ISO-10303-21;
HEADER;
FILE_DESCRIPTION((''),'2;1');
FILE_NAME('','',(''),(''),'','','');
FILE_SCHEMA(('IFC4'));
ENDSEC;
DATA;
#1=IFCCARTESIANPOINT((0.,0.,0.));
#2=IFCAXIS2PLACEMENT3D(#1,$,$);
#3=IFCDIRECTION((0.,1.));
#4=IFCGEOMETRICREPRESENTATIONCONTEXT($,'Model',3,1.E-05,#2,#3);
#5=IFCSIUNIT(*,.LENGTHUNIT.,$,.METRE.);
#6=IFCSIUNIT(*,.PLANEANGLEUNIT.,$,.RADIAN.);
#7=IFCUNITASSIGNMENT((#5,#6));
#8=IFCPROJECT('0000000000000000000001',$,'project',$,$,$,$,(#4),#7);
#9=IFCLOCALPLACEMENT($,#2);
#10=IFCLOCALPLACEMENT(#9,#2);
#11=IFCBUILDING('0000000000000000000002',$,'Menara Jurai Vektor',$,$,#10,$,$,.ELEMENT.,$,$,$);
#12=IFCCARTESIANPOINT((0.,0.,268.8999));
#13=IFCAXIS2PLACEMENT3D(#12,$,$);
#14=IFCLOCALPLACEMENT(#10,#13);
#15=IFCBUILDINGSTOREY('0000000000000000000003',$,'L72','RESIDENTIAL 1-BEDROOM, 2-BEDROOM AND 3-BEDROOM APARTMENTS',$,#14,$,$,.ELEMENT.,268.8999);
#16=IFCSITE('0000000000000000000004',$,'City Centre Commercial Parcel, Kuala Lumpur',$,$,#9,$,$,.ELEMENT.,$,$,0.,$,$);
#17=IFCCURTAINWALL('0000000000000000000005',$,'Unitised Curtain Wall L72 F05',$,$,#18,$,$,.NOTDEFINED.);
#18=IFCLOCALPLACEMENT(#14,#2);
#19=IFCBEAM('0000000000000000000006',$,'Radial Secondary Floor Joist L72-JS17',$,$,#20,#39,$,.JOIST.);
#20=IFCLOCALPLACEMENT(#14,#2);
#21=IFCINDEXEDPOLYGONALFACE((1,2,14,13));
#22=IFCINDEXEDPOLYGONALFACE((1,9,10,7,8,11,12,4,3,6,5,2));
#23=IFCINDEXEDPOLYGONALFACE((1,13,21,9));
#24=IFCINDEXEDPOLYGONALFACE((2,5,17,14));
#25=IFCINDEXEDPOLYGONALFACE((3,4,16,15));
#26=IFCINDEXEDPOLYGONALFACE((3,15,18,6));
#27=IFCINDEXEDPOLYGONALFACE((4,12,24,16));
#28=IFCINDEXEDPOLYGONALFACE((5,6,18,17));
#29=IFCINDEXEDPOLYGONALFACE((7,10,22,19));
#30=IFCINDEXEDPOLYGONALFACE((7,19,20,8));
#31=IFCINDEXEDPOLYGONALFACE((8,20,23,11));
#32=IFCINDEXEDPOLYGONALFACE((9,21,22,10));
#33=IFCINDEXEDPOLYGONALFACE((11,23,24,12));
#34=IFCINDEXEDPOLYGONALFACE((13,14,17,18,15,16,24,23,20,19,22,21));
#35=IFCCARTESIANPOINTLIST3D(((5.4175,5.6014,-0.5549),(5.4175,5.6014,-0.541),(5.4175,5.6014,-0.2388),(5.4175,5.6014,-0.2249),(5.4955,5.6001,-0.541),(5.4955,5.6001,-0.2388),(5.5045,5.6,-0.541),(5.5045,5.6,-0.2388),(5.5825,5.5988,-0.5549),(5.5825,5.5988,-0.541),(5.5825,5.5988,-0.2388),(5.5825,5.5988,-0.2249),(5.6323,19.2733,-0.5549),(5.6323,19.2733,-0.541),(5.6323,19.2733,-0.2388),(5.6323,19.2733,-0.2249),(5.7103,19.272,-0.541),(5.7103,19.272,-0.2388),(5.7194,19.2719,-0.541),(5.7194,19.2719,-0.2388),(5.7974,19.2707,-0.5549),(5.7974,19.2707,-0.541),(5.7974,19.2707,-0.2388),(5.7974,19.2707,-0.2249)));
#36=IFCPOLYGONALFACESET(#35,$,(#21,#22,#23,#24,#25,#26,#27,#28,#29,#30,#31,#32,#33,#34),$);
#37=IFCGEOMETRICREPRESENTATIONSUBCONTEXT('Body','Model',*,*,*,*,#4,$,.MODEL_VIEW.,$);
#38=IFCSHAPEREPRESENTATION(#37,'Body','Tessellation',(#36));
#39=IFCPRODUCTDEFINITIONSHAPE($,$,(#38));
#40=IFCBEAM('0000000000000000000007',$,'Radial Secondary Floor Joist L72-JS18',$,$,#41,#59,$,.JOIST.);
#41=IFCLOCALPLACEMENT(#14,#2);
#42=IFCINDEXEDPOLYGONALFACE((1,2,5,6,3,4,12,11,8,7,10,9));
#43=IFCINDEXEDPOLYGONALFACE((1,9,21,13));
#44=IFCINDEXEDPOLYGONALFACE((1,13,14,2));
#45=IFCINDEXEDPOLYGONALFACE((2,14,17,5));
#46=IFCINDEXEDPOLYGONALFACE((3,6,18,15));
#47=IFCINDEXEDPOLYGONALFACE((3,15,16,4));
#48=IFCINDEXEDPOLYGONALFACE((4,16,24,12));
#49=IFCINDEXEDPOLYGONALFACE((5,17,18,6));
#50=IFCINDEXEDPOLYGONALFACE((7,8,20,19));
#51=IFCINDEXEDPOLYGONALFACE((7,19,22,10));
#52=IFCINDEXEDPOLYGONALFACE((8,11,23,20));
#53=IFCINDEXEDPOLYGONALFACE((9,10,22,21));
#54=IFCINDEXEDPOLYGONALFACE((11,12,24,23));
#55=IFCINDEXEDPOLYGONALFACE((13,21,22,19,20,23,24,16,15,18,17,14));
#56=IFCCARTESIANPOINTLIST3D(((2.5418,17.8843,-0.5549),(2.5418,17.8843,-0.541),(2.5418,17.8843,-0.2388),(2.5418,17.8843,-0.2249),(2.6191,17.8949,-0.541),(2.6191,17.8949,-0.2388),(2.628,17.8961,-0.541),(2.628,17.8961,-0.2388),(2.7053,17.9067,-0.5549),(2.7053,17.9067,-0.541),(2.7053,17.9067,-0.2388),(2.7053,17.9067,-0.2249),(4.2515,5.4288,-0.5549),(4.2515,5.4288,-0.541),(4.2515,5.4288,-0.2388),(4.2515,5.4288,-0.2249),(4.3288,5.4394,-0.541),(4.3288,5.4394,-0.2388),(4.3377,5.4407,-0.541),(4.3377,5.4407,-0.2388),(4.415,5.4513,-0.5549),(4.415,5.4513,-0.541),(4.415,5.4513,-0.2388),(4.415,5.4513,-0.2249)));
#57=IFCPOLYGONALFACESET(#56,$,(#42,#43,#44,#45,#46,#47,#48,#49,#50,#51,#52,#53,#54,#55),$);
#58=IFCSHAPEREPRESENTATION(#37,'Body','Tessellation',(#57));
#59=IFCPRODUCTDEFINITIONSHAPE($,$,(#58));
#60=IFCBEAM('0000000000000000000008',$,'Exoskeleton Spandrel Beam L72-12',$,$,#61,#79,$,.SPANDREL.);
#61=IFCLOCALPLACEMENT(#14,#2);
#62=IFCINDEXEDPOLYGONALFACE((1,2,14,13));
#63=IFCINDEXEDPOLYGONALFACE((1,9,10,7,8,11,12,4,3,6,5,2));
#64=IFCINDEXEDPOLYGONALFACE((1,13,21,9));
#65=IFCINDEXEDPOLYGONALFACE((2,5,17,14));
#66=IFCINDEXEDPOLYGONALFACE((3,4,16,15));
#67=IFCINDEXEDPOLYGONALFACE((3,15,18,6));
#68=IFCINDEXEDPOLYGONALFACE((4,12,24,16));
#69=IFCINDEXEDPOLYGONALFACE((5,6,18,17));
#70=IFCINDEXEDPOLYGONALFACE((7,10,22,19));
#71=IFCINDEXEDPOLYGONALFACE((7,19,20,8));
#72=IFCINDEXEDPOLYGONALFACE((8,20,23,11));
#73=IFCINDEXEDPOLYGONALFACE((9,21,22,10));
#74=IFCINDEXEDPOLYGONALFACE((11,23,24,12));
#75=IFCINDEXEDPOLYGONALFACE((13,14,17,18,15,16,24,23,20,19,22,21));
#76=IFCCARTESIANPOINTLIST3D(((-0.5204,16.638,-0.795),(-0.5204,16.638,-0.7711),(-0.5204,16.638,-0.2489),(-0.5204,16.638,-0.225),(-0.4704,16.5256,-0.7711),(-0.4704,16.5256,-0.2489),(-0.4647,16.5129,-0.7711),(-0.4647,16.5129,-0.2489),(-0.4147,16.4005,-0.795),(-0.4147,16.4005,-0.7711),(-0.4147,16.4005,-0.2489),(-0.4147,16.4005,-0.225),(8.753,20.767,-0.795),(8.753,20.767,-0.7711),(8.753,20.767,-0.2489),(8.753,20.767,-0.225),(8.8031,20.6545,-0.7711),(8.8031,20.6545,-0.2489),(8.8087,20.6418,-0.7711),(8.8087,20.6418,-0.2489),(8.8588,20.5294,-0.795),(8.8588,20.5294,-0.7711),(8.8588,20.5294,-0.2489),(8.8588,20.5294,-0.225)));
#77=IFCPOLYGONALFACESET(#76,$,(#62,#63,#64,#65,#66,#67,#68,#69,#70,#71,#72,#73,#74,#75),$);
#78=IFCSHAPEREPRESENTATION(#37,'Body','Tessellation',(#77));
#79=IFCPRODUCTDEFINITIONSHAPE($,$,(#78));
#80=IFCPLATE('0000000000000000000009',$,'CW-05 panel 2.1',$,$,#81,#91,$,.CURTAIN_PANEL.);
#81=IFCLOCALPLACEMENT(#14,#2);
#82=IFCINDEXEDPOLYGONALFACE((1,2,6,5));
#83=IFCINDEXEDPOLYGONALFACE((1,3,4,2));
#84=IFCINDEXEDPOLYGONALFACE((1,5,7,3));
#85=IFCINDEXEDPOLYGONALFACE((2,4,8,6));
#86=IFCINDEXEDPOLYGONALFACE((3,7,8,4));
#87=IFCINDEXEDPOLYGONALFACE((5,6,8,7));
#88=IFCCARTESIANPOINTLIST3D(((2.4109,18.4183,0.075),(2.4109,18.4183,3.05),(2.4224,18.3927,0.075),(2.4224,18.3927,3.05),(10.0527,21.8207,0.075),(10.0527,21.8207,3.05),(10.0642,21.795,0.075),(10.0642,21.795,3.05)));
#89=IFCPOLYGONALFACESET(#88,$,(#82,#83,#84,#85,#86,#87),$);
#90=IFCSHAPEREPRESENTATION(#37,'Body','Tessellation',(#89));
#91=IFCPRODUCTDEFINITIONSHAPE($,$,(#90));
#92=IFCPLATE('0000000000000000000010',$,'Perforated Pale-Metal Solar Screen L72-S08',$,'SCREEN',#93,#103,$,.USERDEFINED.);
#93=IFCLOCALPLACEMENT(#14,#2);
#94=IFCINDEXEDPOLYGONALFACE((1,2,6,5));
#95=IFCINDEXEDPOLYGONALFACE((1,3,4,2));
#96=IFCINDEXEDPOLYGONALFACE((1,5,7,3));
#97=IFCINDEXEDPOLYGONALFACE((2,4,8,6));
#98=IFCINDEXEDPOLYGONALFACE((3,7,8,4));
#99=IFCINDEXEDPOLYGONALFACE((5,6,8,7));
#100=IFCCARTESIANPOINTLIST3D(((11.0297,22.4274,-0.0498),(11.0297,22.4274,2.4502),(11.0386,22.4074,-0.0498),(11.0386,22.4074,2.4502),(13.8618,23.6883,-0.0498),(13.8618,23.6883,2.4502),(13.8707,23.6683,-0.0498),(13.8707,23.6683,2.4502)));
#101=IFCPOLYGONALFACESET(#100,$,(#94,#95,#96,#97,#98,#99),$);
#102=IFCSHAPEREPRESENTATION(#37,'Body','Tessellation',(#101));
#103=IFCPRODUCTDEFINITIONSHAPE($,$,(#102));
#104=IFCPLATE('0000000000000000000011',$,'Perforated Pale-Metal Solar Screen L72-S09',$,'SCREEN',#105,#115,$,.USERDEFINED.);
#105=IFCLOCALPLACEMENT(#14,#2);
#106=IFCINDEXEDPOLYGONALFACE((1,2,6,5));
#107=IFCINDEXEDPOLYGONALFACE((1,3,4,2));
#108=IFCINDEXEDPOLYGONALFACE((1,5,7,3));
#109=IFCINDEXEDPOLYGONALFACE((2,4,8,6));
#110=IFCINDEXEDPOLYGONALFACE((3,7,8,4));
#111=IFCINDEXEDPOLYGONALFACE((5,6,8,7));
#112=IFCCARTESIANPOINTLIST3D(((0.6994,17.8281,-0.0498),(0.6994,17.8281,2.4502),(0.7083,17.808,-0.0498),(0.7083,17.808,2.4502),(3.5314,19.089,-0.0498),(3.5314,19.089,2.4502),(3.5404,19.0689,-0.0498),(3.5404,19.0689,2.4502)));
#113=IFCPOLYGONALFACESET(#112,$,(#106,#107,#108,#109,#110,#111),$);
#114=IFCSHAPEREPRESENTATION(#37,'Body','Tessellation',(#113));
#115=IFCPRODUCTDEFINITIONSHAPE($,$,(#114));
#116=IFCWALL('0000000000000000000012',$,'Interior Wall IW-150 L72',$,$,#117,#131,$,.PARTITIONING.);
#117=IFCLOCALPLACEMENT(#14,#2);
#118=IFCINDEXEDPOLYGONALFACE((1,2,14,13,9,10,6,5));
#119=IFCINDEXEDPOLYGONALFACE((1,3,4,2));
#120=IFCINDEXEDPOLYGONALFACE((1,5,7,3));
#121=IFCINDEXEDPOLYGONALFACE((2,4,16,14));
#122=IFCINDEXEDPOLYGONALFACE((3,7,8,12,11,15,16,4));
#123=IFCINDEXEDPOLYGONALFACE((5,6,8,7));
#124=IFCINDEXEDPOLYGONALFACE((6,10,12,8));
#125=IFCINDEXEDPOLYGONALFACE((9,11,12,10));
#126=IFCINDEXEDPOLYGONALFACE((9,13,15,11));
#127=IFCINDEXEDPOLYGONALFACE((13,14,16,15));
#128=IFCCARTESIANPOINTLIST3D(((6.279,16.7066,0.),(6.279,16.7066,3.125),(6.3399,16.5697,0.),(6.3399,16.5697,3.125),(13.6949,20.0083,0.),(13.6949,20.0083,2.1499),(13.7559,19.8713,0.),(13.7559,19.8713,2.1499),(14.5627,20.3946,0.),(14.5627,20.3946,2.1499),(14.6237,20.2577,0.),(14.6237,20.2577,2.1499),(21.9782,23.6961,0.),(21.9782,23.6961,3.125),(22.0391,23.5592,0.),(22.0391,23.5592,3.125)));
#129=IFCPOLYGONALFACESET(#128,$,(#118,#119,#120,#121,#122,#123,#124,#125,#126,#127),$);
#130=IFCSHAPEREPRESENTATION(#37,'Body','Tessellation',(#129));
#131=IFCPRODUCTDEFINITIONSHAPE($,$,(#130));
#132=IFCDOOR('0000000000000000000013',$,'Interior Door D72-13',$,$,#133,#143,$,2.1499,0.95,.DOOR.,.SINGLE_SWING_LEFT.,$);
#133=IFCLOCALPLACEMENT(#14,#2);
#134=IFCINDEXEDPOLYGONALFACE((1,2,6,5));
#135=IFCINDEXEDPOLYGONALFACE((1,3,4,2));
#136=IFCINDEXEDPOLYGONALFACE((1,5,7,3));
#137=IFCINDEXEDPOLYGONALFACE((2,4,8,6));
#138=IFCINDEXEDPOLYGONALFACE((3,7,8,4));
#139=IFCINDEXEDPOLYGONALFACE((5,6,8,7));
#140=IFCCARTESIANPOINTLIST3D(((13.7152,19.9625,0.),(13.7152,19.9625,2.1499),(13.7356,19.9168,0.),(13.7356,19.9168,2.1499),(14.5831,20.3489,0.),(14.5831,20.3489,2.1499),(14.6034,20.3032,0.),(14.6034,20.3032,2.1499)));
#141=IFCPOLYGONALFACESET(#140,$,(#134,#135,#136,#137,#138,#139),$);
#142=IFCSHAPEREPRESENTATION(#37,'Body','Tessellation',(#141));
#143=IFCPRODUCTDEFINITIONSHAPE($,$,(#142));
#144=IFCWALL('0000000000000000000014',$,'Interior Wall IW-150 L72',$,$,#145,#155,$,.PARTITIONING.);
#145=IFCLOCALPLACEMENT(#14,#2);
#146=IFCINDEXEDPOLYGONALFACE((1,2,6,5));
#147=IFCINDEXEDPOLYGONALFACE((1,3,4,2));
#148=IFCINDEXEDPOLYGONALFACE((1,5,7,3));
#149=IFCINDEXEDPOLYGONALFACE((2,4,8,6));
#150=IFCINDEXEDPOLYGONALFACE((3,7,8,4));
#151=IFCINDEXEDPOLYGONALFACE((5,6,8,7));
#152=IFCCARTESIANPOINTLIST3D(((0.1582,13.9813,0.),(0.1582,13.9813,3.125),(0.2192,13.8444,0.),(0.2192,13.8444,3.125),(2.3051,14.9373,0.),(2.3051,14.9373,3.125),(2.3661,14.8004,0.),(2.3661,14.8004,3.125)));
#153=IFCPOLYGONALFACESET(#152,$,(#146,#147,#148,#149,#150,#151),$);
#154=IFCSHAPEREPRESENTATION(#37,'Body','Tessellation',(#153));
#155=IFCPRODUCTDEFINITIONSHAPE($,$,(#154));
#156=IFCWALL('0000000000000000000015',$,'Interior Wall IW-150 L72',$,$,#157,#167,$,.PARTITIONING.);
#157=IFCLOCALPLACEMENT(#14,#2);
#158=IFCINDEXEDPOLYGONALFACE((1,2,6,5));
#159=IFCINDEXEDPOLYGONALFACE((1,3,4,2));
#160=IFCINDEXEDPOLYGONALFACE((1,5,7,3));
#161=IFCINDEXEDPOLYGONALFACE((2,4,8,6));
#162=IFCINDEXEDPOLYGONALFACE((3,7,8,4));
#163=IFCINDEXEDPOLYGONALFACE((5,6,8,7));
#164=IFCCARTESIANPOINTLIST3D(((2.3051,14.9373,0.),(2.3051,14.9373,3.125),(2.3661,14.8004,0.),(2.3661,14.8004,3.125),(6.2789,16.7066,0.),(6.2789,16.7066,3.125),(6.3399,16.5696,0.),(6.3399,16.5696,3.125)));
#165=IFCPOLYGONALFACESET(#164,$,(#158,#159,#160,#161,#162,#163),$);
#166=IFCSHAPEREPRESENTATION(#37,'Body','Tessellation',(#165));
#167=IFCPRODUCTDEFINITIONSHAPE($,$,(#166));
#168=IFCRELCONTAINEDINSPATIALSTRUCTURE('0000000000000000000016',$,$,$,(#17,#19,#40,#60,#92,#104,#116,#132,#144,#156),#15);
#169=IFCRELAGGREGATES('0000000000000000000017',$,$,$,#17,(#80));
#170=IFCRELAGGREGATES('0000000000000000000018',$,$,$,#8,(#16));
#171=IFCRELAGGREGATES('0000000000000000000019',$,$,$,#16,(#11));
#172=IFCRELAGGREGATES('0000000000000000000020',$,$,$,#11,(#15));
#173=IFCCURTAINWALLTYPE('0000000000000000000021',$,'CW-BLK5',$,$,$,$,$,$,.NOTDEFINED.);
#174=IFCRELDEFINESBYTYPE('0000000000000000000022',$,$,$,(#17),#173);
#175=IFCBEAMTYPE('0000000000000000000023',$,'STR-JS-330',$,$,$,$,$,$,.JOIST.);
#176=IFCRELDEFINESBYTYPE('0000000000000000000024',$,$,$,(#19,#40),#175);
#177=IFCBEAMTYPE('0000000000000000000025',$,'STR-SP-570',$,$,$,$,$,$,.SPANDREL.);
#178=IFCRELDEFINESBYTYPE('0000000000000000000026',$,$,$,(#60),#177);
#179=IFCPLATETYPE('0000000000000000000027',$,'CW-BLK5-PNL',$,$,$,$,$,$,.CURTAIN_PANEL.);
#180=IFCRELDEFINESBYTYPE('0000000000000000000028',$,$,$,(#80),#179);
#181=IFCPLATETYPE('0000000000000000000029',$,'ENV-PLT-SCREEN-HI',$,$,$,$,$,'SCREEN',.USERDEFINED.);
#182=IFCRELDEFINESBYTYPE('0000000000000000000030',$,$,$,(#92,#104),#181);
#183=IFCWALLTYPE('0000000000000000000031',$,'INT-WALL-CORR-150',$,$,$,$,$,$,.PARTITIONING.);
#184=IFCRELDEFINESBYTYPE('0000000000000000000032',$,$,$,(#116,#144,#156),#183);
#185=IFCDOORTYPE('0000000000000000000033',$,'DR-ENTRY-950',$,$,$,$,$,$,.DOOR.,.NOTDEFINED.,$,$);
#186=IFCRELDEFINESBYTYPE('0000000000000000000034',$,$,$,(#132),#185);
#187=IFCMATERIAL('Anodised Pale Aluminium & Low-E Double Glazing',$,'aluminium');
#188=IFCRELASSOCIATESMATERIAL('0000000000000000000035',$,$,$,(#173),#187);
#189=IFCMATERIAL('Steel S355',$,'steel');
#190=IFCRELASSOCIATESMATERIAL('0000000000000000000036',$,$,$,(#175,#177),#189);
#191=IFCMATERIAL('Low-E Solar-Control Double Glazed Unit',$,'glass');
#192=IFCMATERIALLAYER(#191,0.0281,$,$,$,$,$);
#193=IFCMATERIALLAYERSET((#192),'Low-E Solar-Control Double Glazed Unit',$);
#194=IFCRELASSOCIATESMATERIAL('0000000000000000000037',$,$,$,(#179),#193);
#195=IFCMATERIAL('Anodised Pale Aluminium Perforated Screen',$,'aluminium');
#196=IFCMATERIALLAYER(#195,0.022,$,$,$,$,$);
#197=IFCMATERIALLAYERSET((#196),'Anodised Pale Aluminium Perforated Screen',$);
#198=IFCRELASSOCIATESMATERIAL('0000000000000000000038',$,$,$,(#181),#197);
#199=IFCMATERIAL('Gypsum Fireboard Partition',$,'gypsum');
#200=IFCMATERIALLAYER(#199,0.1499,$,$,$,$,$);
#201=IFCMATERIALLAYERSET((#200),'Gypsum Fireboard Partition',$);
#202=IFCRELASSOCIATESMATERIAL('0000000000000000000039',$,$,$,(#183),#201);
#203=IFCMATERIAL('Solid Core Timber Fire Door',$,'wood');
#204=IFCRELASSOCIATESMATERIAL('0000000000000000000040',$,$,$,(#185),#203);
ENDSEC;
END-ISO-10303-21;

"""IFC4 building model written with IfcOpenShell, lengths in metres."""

from ifc_helpers import new_model, si_unit, direction, frame, frame_2d, origin, origin_2d, place, context, subcontext, project, spatial, rectangle, i_section, extrude, material, layer, layer_set, material_profile, profile_set, type_object, element, fill, aggregate, save


model = new_model("IFC4")

# Units and contexts
model_context = context("Model", 3, precision=1e-05, world=origin(), true_north=direction((0.0, 1.0)))
body_context = subcontext(model_context, "Body", "Model", "MODEL_VIEW")
ifc_project = project(units=[si_unit("LENGTHUNIT", "METRE"), si_unit("PLANEANGLEUNIT", "RADIAN")], contexts=[model_context])

# Site, building, storey
site_placement = place(None, origin())
site = spatial("IfcSite", under=ifc_project, at=site_placement, Name="City Centre Commercial Parcel, Kuala Lumpur", CompositionType="ELEMENT", RefElevation=0.0)
building_placement = place(site_placement, origin())
building = spatial("IfcBuilding", under=site, at=building_placement, Name="Menara Jurai Vektor", CompositionType="ELEMENT")
storey_placement = place(building_placement, frame((0.0, 0.0, 268.8999)))
storey = spatial("IfcBuildingStorey", under=building, at=storey_placement, Name="L72", Description="RESIDENTIAL 1-BEDROOM, 2-BEDROOM AND 3-BEDROOM APARTMENTS", CompositionType="ELEMENT", Elevation=268.8999)

# Curtain wall
ifc_material_1 = material(Name="Anodised Pale Aluminium & Low-E Double Glazing", Category="aluminium")
curtain_wall_type = type_object("IfcCurtainWallType", Name="CW-BLK5", PredefinedType="NOTDEFINED", material=ifc_material_1)
curtain_wall_placement = place(storey_placement, origin())
curtain_wall = element("IfcCurtainWall", 1, at=curtain_wall_placement, inside=storey, type_object=curtain_wall_type, Name="Unitised Curtain Wall L72 F05", PredefinedType="NOTDEFINED")

# Beams
ifc_material_2 = material(Name="Steel S355", Category="steel")
ifc_material_profile_1 = material_profile(ifc_material_2, i_section(OverallWidth=0.165, OverallDepth=0.3301, WebThickness=0.009, FlangeThickness=0.0139, at=origin_2d()), Name="PG 330x165x46")
ifc_profile_set_1 = profile_set([ifc_material_profile_1], Name="Steel S355")
beam_type_1 = type_object("IfcBeamType", Name="STR-JS-330", PredefinedType="JOIST", material=ifc_profile_set_1)
beam_1_placement = place(storey_placement, frame((5.7148, 19.272, -0.3899), z_axis=(-0.015712, -0.999877, 0.0), x_axis=(0.999877, -0.015712, 0.0)))
element("IfcBeam", 2, at=beam_1_placement, inside=storey, type_object=beam_type_1, Name="Radial Secondary Floor Joist L72-JS17", PredefinedType="JOIST", context=body_context, shape_type="SweptSolid", body=[
    extrude(i_section(OverallWidth=0.165, OverallDepth=0.3301, WebThickness=0.009, FlangeThickness=0.0139, at=origin_2d()), origin(), (0.0, 0.0, 1.0), 13.6736),
])
beam_2_placement = place(storey_placement, frame((2.6235, 17.8955, -0.3899), z_axis=(0.13599, -0.99071, 0.0), x_axis=(0.99071, 0.13599, 0.0)))
element("IfcBeam", 3, at=beam_2_placement, inside=storey, type_object=beam_type_1, Name="Radial Secondary Floor Joist L72-JS18", PredefinedType="JOIST", context=body_context, shape_type="SweptSolid", body=[
    extrude(i_section(OverallWidth=0.165, OverallDepth=0.3301, WebThickness=0.009, FlangeThickness=0.0139, at=origin_2d()), origin(), (0.0, 0.0, 1.0), 12.5723),
])
ifc_material_profile_2 = material_profile(ifc_material_2, i_section(OverallWidth=0.26, OverallDepth=0.5701, WebThickness=0.0139, FlangeThickness=0.0239, at=origin_2d()), Name="PG 570x260x145")
ifc_profile_set_2 = profile_set([ifc_material_profile_2], Name="Steel S355")
beam_type_2 = type_object("IfcBeamType", Name="STR-SP-570", PredefinedType="SPANDREL", material=ifc_profile_set_2)
beam_3_placement = place(storey_placement, frame((8.8059, 20.6482, -0.51), z_axis=(-0.913542, -0.406745, 0.0), x_axis=(0.406745, -0.913542, 0.0)))
element("IfcBeam", 4, at=beam_3_placement, inside=storey, type_object=beam_type_2, Name="Exoskeleton Spandrel Beam L72-12", PredefinedType="SPANDREL", context=body_context, shape_type="SweptSolid", body=[
    extrude(i_section(OverallWidth=0.26, OverallDepth=0.5701, WebThickness=0.0139, FlangeThickness=0.0239, at=origin_2d()), origin(), (0.0, 0.0, 1.0), 10.1511),
])

# Plate
ifc_material_3 = material(Name="Low-E Solar-Control Double Glazed Unit", Category="glass")
ifc_layer_1 = layer(ifc_material_3, 0.0281)
ifc_layer_set_1 = layer_set([ifc_layer_1], Name="Low-E Solar-Control Double Glazed Unit")
plate_type_1 = type_object("IfcPlateType", Name="CW-BLK5-PNL", PredefinedType="CURTAIN_PANEL", material=ifc_layer_set_1)
plate_placement = place(storey_placement, frame((6.2375, 20.1067, 0.075), z_axis=(0.0, 0.0, 1.0), x_axis=(-0.913546, -0.406735, 0.0)))
plate = element("IfcPlate", 5, at=plate_placement, type_object=plate_type_1, Name="CW-05 panel 2.1", PredefinedType="CURTAIN_PANEL", context=body_context, shape_type="SweptSolid", body=[
    extrude(rectangle(XDim=8.365, YDim=0.0281, at=origin_2d()), origin(), (0.0, 0.0, 1.0), 2.9751),
])
aggregate(curtain_wall, [plate])

# Plates
ifc_material_4 = material(Name="Anodised Pale Aluminium Perforated Screen", Category="aluminium")
ifc_layer_2 = layer(ifc_material_4, 0.022)
ifc_layer_set_2 = layer_set([ifc_layer_2], Name="Anodised Pale Aluminium Perforated Screen")
plate_type_2 = type_object("IfcPlateType", Name="ENV-PLT-SCREEN-HI", ElementType="SCREEN", PredefinedType="USERDEFINED", material=ifc_layer_set_2)
for number, where, z_axis, x_axis, name in (
    (6, (12.4502, 23.0479, -0.0498), (0.0, 0.0, 1.0), (-0.913545, -0.406737, 0.0), "Perforated Pale-Metal Solar Screen L72-S08"),
    (7, (2.1199, 18.4485, -0.0498), (0.0, 0.0, 1.0), (-0.913545, -0.406737, 0.0), "Perforated Pale-Metal Solar Screen L72-S09"),
):
    element("IfcPlate", number, at=place(storey_placement, frame(where, z_axis=z_axis, x_axis=x_axis)), inside=storey, type_object=plate_type_2, Name=name, ObjectType="SCREEN", PredefinedType="USERDEFINED", context=body_context, shape_type="SweptSolid", body=[
        extrude(rectangle(XDim=3.1001, YDim=0.022, at=origin_2d()), origin(), (0.0, 0.0, 1.0), 2.5),
    ])

# Wall, opening, door
ifc_material_5 = material(Name="Gypsum Fireboard Partition", Category="gypsum")
ifc_layer_3 = layer(ifc_material_5, 0.1499)
ifc_layer_set_3 = layer_set([ifc_layer_3], Name="Gypsum Fireboard Partition")
wall_type_1 = type_object("IfcWallType", Name="INT-WALL-CORR-150", PredefinedType="PARTITIONING", material=ifc_layer_set_3)
wall_1_placement = place(storey_placement, frame((6.3096, 16.6382, 0.0), z_axis=(0.0, 0.0, 1.0), x_axis=(0.913551, 0.406725, 0.0)))
wall_1 = element("IfcWall", 8, at=wall_1_placement, inside=storey, type_object=wall_type_1, Name="Interior Wall IW-150 L72", PredefinedType="PARTITIONING", context=body_context, shape_type="SweptSolid", body=[
    extrude(rectangle(XDim=17.1848, YDim=0.1499, at=frame_2d((8.5923, 0.0))), origin(), (0.0, 0.0, 1.0), 3.125),
])
opening_1_placement = place(wall_1_placement, frame((8.1174, 0.0, 0.0)))
opening_1 = element("IfcOpeningElement", 9, at=opening_1_placement, cuts=wall_1, PredefinedType="OPENING", context=body_context, shape_type="SweptSolid", body=[
    extrude(rectangle(XDim=0.95, YDim=2.1499, at=frame_2d((0.4751, 1.075))), frame((0.0, 0.085, 0.0), z_axis=(0.0, -1.0, 0.0), x_axis=(1.0, 0.0, 0.0)), (0.0, 0.0, 1.0), 0.1699),
])
ifc_material_6 = material(Name="Solid Core Timber Fire Door", Category="wood")
door_type_1 = type_object("IfcDoorType", Name="DR-ENTRY-950", OperationType="NOTDEFINED", PredefinedType="DOOR", material=ifc_material_6)
door_1_placement = place(opening_1_placement, origin())
door_1 = element("IfcDoor", 10, at=door_1_placement, inside=storey, type_object=door_type_1, Name="Interior Door D72-13", OperationType="SINGLE_SWING_LEFT", OverallHeight=2.1499, OverallWidth=0.95, PredefinedType="DOOR", context=body_context, shape_type="SweptSolid", body=[
    extrude(rectangle(XDim=0.95, YDim=2.1499, at=frame_2d((0.4751, 1.075))), frame((0.0, 0.0249, 0.0), z_axis=(0.0, -1.0, 0.0), x_axis=(1.0, 0.0, 0.0)), (0.0, 0.0, 1.0), 0.05),
])
fill(opening_1, door_1)

# Walls
wall_2_placement = place(storey_placement, frame((0.1887, 13.9128, 0.0), z_axis=(0.0, 0.0, 1.0), x_axis=(0.91352, 0.406794, 0.0)))
element("IfcWall", 11, at=wall_2_placement, inside=storey, type_object=wall_type_1, Name="Interior Wall IW-150 L72", PredefinedType="PARTITIONING", context=body_context, shape_type="SweptSolid", body=[
    extrude(rectangle(XDim=2.3501, YDim=0.1499, at=frame_2d((1.175, 0.0))), origin(), (0.0, 0.0, 1.0), 3.125),
])
wall_3_placement = place(storey_placement, frame((2.3357, 14.8689, 0.0), z_axis=(0.0, 0.0, 1.0), x_axis=(0.913545, 0.406737, 0.0)))
element("IfcWall", 12, at=wall_3_placement, inside=storey, type_object=wall_type_1, Name="Interior Wall IW-150 L72", PredefinedType="PARTITIONING", context=body_context, shape_type="SweptSolid", body=[
    extrude(rectangle(XDim=4.3499, YDim=0.1499, at=frame_2d((2.1748, 0.0))), origin(), (0.0, 0.0, 1.0), 3.125),
])

save(model, "model.ifc")
